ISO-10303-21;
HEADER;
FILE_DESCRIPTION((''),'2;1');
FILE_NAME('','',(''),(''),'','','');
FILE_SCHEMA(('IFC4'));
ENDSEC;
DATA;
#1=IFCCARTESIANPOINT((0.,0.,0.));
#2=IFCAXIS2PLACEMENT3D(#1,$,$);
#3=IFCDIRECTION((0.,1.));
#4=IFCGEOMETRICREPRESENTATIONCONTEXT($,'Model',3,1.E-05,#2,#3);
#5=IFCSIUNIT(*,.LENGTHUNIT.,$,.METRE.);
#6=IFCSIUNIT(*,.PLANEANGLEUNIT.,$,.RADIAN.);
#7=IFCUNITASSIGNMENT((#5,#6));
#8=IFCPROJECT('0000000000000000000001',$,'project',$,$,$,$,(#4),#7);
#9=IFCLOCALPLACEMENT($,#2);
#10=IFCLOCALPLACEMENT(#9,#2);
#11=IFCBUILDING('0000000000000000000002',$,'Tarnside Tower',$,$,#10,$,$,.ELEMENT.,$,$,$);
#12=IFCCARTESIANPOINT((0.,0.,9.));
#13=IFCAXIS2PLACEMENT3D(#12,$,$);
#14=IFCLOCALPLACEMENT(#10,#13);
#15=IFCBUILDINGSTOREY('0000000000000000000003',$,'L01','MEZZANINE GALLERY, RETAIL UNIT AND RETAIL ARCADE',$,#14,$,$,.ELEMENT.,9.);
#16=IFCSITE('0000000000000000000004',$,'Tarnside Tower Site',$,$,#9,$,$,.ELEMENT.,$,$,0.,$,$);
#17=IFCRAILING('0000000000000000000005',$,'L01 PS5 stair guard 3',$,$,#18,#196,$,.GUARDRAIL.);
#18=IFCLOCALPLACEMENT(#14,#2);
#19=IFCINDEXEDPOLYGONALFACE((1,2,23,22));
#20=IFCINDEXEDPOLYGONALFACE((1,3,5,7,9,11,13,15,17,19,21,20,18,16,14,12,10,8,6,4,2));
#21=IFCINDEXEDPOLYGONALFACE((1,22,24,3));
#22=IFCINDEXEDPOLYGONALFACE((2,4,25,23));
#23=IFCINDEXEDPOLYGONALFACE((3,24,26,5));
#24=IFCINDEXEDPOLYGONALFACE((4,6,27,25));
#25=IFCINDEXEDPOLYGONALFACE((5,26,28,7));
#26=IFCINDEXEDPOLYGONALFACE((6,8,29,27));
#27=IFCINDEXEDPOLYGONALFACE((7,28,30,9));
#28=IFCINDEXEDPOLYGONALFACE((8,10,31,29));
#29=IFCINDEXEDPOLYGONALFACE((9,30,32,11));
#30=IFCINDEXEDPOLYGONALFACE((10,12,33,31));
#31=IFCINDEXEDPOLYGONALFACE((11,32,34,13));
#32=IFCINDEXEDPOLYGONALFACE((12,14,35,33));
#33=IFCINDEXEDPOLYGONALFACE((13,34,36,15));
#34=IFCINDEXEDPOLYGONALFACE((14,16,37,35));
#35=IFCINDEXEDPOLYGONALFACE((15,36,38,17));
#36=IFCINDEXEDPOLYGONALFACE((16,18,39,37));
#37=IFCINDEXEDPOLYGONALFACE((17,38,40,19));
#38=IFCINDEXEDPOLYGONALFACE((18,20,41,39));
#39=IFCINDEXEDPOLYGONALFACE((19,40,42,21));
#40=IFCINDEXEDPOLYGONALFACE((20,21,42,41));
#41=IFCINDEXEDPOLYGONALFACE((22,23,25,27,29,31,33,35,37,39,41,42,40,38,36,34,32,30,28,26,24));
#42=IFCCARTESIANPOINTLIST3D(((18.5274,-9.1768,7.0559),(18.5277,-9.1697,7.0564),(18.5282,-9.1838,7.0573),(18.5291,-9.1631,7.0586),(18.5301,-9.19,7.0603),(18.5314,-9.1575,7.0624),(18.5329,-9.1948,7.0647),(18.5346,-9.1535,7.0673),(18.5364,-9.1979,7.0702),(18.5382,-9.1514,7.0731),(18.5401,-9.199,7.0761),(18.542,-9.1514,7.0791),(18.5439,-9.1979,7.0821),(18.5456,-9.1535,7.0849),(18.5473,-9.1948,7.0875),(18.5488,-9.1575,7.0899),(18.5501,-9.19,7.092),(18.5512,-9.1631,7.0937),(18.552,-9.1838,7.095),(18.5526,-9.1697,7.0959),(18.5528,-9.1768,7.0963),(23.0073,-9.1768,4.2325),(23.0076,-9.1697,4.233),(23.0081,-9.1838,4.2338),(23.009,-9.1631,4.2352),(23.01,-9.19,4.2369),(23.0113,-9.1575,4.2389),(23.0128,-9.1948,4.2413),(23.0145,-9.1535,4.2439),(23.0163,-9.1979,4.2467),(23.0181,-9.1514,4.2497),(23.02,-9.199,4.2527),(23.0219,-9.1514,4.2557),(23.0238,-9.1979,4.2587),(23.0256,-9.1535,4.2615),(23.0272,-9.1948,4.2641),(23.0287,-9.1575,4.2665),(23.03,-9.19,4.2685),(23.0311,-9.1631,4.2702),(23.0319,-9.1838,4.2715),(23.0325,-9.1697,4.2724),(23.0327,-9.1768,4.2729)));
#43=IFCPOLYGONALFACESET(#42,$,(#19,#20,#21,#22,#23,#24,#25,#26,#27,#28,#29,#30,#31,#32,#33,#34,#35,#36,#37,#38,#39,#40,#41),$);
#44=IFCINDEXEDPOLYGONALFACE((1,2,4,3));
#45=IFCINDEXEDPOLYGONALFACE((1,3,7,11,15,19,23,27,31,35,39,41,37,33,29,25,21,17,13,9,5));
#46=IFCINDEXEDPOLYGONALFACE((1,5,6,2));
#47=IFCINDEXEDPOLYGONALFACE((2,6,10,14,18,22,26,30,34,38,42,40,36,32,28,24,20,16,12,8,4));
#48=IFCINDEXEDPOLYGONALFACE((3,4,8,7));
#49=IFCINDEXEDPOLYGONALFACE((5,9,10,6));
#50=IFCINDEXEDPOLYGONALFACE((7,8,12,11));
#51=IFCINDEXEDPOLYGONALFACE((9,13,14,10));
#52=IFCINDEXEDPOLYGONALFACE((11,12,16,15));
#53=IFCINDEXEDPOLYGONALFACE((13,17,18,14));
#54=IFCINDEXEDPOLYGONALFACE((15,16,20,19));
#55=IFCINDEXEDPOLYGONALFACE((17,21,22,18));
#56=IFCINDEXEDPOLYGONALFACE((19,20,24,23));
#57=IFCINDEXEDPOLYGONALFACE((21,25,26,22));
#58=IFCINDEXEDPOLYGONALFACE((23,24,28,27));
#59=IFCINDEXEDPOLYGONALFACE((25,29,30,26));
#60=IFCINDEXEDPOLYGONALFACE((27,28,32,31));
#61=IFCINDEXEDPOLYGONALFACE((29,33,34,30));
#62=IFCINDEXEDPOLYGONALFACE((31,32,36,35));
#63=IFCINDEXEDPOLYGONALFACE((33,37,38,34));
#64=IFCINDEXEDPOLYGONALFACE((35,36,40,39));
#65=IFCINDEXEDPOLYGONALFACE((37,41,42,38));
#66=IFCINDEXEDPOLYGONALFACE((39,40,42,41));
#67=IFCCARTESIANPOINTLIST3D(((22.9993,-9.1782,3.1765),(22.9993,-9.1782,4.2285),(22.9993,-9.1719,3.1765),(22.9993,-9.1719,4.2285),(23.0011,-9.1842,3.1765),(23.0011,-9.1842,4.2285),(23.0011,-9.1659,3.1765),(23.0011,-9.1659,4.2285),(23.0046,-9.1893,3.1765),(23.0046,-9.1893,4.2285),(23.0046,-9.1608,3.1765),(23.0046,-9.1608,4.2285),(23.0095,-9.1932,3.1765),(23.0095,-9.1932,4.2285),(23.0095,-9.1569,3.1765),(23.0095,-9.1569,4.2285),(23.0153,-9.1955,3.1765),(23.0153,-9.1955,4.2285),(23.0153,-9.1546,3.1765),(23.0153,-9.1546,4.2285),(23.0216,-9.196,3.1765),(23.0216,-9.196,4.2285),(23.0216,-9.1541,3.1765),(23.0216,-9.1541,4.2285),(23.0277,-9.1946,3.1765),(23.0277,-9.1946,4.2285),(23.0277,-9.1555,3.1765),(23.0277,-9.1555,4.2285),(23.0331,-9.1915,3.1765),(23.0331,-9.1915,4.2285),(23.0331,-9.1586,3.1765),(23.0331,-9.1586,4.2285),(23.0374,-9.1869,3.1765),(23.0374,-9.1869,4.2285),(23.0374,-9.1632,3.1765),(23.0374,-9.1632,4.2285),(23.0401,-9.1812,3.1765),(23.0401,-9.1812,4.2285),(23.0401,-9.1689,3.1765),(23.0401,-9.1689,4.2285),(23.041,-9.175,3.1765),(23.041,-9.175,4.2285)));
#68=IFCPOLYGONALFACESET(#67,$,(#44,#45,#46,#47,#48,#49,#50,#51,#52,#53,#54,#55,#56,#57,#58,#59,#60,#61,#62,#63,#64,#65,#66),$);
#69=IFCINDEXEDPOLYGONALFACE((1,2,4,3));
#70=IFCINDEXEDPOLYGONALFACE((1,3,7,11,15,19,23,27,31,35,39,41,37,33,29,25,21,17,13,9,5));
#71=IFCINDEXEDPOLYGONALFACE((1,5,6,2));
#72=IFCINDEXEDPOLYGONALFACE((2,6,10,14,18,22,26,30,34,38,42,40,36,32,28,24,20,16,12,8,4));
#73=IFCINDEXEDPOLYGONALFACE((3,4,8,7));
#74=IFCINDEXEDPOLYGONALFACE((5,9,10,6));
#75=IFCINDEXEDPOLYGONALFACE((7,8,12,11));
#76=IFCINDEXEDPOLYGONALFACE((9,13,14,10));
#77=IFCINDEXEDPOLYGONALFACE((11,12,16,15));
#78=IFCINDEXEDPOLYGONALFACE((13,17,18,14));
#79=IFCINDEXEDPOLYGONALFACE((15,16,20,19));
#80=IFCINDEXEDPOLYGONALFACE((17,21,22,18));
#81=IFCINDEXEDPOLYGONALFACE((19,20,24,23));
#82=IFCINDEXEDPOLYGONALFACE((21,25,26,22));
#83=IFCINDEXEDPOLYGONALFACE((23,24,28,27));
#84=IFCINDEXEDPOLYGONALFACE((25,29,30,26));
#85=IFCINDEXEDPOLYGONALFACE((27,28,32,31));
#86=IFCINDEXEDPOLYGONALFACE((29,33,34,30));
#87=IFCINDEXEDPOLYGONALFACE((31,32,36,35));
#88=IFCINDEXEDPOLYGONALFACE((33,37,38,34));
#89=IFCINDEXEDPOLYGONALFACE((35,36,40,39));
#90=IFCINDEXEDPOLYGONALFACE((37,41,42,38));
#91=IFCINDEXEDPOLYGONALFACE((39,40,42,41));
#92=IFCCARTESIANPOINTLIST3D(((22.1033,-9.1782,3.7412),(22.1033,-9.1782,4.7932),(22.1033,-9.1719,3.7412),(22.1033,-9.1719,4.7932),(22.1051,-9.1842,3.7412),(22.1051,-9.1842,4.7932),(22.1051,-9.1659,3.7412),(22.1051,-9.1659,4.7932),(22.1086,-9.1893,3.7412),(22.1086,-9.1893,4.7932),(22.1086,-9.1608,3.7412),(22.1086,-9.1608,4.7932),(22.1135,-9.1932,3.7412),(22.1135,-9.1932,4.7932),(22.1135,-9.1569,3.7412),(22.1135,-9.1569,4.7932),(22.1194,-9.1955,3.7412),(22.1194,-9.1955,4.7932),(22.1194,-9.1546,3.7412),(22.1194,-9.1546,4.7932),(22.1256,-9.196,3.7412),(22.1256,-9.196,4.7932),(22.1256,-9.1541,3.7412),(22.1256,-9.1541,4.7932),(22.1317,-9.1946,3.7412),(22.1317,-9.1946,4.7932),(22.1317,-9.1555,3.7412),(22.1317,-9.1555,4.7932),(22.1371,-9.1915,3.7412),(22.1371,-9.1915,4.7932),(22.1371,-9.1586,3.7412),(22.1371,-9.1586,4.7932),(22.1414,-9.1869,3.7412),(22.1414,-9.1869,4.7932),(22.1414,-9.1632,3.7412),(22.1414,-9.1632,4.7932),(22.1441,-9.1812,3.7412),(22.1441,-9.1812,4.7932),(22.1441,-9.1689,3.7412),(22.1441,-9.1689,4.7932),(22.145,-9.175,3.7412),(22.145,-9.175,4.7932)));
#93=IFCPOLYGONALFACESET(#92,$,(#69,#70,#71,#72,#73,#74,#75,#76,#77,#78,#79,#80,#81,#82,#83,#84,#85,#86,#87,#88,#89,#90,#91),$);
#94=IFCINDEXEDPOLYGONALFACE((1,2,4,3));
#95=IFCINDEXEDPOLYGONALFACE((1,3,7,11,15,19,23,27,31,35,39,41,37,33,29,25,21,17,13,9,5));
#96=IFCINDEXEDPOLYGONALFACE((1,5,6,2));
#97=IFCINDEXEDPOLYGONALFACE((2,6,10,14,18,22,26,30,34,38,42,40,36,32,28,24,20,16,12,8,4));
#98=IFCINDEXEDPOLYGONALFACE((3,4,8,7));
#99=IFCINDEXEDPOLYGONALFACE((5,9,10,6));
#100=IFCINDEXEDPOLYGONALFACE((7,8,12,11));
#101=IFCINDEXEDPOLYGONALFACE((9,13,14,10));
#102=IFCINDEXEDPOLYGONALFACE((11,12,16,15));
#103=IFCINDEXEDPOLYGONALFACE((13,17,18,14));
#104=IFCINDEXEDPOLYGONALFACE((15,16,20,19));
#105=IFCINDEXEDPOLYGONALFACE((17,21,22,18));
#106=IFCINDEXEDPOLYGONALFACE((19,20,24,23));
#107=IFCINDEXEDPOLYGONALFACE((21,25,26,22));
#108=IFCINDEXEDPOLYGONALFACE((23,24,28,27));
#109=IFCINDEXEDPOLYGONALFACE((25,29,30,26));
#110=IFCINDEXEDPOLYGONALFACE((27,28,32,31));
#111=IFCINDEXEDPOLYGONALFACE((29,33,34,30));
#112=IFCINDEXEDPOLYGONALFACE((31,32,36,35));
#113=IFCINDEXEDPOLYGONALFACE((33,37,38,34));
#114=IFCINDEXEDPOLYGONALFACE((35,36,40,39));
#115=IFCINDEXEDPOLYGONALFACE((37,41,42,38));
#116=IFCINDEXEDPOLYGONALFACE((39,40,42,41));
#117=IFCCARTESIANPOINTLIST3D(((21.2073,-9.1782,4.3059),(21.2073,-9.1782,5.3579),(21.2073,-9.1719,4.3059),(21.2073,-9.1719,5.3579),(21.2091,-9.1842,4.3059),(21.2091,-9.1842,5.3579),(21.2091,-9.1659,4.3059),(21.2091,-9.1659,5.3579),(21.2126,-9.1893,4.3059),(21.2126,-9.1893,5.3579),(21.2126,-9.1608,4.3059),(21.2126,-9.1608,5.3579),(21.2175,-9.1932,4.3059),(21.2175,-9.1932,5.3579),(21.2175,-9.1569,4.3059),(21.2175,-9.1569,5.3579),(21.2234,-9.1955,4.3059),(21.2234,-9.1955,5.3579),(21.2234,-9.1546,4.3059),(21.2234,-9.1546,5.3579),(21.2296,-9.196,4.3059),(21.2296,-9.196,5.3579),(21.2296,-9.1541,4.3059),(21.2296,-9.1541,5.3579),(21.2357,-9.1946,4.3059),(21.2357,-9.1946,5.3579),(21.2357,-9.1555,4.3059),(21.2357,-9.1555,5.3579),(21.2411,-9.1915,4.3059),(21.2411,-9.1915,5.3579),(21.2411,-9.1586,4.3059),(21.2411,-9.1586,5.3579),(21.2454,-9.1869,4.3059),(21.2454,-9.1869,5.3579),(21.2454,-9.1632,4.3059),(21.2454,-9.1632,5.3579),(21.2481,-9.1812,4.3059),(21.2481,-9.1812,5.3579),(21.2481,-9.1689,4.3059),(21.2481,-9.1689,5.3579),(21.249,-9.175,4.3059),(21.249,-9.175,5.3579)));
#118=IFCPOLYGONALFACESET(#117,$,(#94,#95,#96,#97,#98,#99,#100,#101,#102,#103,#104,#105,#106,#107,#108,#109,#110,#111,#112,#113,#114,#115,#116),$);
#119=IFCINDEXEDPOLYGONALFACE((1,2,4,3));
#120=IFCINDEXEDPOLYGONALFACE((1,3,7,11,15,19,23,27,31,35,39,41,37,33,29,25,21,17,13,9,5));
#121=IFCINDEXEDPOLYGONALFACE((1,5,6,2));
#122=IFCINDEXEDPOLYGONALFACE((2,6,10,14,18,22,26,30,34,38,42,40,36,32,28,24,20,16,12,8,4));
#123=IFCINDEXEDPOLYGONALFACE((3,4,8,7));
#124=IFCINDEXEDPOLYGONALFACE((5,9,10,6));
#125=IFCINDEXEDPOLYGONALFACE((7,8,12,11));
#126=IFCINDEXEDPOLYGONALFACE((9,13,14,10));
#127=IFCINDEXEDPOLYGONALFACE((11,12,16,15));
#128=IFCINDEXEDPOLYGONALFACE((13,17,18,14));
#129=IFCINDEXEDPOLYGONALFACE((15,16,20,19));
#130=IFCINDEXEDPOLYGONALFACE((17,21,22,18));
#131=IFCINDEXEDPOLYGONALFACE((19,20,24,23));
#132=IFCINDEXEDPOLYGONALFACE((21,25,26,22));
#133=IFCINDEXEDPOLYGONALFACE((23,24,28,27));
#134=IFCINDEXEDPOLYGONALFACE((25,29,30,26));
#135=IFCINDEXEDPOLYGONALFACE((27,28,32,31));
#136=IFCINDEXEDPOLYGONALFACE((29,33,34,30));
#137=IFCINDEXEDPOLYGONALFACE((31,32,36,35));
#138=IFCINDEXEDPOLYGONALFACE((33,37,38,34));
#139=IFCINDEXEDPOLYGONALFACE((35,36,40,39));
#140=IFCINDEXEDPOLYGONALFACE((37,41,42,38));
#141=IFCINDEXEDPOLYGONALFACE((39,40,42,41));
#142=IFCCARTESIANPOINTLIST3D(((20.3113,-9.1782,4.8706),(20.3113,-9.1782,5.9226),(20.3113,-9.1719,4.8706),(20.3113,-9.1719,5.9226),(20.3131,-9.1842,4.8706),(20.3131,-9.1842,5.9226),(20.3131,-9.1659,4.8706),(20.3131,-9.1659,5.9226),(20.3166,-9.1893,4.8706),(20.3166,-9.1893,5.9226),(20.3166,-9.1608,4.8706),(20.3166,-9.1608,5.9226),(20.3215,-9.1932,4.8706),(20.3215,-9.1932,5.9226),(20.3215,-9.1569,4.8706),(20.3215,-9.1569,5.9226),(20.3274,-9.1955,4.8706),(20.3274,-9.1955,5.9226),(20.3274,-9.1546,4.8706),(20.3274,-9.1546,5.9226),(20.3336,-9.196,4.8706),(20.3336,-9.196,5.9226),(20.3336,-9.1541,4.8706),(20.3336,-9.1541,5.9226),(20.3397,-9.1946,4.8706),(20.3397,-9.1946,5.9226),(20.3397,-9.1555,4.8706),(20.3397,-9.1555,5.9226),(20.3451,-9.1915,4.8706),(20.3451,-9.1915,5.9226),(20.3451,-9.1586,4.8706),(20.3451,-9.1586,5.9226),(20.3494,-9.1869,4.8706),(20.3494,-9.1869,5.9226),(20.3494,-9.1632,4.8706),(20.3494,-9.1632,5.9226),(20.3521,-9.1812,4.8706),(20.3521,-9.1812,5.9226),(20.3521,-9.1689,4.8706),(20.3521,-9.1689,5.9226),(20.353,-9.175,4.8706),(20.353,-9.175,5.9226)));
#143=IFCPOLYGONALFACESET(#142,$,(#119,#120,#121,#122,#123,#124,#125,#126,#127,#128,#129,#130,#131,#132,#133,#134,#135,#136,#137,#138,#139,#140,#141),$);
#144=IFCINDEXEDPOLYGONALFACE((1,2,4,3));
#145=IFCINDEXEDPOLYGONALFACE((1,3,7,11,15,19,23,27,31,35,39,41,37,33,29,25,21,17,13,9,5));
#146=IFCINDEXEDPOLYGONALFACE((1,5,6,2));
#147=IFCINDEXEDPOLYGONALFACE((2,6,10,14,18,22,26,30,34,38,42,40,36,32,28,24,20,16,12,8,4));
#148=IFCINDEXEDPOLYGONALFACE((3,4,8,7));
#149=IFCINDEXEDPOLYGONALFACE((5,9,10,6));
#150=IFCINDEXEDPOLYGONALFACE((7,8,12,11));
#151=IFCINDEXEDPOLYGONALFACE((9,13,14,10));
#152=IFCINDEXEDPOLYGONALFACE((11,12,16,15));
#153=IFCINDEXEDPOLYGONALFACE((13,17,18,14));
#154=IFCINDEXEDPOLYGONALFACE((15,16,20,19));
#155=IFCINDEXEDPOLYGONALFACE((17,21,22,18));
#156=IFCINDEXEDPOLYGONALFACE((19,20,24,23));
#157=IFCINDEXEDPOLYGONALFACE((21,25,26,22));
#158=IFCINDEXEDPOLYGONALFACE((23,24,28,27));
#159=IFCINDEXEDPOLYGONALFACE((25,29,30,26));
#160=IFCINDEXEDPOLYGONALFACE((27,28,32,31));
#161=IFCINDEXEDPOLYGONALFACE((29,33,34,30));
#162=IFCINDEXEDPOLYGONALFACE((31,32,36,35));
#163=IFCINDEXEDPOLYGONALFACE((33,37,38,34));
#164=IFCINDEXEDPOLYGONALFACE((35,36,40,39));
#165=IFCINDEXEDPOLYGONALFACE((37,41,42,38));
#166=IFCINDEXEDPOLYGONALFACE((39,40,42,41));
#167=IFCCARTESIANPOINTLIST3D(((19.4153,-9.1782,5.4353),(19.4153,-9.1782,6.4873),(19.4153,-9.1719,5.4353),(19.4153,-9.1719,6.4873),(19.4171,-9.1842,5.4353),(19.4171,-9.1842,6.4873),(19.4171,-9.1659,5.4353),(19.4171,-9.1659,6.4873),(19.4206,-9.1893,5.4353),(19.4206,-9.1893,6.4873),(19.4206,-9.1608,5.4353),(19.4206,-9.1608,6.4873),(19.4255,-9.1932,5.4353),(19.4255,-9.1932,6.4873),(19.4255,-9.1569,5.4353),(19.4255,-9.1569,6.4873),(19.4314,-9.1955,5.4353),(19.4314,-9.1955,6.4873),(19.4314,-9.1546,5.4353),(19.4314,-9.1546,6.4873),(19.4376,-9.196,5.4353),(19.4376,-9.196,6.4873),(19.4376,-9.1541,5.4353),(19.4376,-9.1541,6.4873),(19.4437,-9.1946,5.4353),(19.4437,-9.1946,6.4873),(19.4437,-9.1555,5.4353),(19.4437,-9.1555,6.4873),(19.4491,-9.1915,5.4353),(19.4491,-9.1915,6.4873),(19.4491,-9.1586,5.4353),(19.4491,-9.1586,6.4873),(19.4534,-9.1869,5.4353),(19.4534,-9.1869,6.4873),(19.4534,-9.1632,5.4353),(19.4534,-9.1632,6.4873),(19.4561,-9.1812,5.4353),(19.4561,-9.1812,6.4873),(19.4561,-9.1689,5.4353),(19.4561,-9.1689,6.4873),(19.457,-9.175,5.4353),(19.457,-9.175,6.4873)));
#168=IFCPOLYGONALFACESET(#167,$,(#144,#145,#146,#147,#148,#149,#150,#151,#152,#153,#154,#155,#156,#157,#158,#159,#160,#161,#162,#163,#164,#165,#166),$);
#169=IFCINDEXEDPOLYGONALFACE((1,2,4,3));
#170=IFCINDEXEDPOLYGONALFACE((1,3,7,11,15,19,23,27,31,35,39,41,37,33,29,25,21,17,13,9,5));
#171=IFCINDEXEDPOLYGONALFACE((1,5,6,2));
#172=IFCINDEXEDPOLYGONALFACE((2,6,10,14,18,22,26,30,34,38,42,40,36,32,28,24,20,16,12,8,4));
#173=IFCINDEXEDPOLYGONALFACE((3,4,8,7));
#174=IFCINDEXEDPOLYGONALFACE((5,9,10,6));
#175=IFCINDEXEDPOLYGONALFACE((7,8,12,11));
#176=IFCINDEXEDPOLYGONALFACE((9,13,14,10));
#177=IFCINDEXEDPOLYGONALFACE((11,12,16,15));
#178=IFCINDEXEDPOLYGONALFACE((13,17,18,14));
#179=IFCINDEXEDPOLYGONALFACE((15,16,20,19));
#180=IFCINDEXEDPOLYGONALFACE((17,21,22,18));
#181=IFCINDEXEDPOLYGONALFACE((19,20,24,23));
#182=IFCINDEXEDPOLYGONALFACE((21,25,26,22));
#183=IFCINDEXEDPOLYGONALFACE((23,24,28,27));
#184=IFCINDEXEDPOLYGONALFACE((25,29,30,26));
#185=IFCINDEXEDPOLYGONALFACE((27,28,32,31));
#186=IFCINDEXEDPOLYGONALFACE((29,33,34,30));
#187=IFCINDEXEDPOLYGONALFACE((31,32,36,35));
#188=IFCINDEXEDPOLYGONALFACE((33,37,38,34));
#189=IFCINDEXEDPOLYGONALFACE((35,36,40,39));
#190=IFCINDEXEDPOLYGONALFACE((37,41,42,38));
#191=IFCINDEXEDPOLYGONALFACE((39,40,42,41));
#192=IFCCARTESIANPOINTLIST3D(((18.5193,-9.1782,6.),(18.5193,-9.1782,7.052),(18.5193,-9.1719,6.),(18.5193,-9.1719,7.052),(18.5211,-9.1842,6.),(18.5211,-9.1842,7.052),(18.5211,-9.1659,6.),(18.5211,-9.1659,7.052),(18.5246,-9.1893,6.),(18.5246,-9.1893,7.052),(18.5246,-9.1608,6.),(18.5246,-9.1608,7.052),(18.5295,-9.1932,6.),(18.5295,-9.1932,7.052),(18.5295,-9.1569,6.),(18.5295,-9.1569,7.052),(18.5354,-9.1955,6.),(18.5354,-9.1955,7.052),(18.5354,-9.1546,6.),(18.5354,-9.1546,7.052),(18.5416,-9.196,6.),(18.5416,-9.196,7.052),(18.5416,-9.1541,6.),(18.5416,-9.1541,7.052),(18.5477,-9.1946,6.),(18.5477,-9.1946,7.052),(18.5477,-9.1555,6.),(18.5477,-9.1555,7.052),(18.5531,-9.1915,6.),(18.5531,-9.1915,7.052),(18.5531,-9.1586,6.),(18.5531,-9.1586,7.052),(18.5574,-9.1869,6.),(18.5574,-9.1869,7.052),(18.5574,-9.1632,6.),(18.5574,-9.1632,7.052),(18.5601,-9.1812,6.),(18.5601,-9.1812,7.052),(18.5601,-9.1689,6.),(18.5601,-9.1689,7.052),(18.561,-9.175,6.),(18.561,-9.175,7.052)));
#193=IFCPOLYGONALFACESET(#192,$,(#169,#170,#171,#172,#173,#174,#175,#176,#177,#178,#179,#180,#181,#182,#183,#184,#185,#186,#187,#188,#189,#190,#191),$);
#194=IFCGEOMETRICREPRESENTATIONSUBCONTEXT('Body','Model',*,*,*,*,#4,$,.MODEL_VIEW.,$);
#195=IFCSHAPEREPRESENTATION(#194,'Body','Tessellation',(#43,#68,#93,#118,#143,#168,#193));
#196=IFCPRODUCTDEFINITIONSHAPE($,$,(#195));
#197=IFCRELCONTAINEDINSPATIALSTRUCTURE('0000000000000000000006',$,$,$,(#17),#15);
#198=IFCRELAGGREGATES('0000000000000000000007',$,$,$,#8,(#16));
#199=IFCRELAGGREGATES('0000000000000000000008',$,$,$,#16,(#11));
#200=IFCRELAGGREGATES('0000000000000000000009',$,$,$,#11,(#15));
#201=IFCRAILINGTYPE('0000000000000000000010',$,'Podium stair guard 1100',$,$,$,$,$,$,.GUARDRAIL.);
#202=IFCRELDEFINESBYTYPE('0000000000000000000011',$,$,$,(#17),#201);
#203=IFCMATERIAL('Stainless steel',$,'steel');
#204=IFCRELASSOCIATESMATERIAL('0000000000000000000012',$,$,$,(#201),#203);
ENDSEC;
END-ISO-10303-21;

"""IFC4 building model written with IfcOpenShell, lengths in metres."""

from ifc_helpers import new_model, si_unit, direction, frame, origin, origin_2d, place, context, subcontext, project, spatial, circle, extrude, material, type_object, element, save


model = new_model("IFC4")

# Units and contexts
model_context = context("Model", 3, precision=1e-05, world=origin(), true_north=direction((0.0, 1.0)))
body_context = subcontext(model_context, "Body", "Model", "MODEL_VIEW")
ifc_project = project(units=[si_unit("LENGTHUNIT", "METRE"), si_unit("PLANEANGLEUNIT", "RADIAN")], contexts=[model_context])

# Site, building, storey
site_placement = place(None, origin())
site = spatial("IfcSite", under=ifc_project, at=site_placement, Name="Tarnside Tower Site", CompositionType="ELEMENT", RefElevation=0.0)
building_placement = place(site_placement, origin())
building = spatial("IfcBuilding", under=site, at=building_placement, Name="Tarnside Tower", CompositionType="ELEMENT")
storey_placement = place(building_placement, frame((0.0, 0.0, 9.0)))
storey = spatial("IfcBuildingStorey", under=building, at=storey_placement, Name="L01", Description="MEZZANINE GALLERY, RETAIL UNIT AND RETAIL ARCADE", CompositionType="ELEMENT", Elevation=9.0)

# Railing
ifc_material_1 = material(Name="Stainless steel", Category="steel")
railing_type_1 = type_object("IfcRailingType", Name="Podium stair guard 1100", PredefinedType="GUARDRAIL", material=ifc_material_1)
railing_1_placement = place(storey_placement, frame((23.02, -9.175, 3.1765)))
element("IfcRailing", 1, at=railing_1_placement, inside=storey, type_object=railing_type_1, Name="L01 PS5 stair guard 3", PredefinedType="GUARDRAIL", context=body_context, shape_type="SweptSolid", body=[
    extrude(circle(Radius=0.0239, at=origin_2d()), frame((0.0, 0.0, 1.0762), z_axis=(-0.845998, 0.0, 0.533186), x_axis=(0.0, -1.0, 0.0)), (0.0, 0.0, 1.0), 5.2954),
    extrude(circle(Radius=0.021, at=origin_2d()), origin(), (0.0, 0.0, 1.0), 1.052),
    extrude(circle(Radius=0.021, at=origin_2d()), frame((-0.896, 0.0, 0.5647)), (0.0, 0.0, 1.0), 1.052),
    extrude(circle(Radius=0.021, at=origin_2d()), frame((-1.792, 0.0, 1.1294)), (0.0, 0.0, 1.0), 1.052),
    extrude(circle(Radius=0.021, at=origin_2d()), frame((-2.688, 0.0, 1.6941)), (0.0, 0.0, 1.0), 1.052),
    extrude(circle(Radius=0.021, at=origin_2d()), frame((-3.584, 0.0, 2.2588)), (0.0, 0.0, 1.0), 1.052),
    extrude(circle(Radius=0.021, at=origin_2d()), frame((-4.48, 0.0, 2.8235)), (0.0, 0.0, 1.0), 1.052),
])

save(model, "model.ifc")
